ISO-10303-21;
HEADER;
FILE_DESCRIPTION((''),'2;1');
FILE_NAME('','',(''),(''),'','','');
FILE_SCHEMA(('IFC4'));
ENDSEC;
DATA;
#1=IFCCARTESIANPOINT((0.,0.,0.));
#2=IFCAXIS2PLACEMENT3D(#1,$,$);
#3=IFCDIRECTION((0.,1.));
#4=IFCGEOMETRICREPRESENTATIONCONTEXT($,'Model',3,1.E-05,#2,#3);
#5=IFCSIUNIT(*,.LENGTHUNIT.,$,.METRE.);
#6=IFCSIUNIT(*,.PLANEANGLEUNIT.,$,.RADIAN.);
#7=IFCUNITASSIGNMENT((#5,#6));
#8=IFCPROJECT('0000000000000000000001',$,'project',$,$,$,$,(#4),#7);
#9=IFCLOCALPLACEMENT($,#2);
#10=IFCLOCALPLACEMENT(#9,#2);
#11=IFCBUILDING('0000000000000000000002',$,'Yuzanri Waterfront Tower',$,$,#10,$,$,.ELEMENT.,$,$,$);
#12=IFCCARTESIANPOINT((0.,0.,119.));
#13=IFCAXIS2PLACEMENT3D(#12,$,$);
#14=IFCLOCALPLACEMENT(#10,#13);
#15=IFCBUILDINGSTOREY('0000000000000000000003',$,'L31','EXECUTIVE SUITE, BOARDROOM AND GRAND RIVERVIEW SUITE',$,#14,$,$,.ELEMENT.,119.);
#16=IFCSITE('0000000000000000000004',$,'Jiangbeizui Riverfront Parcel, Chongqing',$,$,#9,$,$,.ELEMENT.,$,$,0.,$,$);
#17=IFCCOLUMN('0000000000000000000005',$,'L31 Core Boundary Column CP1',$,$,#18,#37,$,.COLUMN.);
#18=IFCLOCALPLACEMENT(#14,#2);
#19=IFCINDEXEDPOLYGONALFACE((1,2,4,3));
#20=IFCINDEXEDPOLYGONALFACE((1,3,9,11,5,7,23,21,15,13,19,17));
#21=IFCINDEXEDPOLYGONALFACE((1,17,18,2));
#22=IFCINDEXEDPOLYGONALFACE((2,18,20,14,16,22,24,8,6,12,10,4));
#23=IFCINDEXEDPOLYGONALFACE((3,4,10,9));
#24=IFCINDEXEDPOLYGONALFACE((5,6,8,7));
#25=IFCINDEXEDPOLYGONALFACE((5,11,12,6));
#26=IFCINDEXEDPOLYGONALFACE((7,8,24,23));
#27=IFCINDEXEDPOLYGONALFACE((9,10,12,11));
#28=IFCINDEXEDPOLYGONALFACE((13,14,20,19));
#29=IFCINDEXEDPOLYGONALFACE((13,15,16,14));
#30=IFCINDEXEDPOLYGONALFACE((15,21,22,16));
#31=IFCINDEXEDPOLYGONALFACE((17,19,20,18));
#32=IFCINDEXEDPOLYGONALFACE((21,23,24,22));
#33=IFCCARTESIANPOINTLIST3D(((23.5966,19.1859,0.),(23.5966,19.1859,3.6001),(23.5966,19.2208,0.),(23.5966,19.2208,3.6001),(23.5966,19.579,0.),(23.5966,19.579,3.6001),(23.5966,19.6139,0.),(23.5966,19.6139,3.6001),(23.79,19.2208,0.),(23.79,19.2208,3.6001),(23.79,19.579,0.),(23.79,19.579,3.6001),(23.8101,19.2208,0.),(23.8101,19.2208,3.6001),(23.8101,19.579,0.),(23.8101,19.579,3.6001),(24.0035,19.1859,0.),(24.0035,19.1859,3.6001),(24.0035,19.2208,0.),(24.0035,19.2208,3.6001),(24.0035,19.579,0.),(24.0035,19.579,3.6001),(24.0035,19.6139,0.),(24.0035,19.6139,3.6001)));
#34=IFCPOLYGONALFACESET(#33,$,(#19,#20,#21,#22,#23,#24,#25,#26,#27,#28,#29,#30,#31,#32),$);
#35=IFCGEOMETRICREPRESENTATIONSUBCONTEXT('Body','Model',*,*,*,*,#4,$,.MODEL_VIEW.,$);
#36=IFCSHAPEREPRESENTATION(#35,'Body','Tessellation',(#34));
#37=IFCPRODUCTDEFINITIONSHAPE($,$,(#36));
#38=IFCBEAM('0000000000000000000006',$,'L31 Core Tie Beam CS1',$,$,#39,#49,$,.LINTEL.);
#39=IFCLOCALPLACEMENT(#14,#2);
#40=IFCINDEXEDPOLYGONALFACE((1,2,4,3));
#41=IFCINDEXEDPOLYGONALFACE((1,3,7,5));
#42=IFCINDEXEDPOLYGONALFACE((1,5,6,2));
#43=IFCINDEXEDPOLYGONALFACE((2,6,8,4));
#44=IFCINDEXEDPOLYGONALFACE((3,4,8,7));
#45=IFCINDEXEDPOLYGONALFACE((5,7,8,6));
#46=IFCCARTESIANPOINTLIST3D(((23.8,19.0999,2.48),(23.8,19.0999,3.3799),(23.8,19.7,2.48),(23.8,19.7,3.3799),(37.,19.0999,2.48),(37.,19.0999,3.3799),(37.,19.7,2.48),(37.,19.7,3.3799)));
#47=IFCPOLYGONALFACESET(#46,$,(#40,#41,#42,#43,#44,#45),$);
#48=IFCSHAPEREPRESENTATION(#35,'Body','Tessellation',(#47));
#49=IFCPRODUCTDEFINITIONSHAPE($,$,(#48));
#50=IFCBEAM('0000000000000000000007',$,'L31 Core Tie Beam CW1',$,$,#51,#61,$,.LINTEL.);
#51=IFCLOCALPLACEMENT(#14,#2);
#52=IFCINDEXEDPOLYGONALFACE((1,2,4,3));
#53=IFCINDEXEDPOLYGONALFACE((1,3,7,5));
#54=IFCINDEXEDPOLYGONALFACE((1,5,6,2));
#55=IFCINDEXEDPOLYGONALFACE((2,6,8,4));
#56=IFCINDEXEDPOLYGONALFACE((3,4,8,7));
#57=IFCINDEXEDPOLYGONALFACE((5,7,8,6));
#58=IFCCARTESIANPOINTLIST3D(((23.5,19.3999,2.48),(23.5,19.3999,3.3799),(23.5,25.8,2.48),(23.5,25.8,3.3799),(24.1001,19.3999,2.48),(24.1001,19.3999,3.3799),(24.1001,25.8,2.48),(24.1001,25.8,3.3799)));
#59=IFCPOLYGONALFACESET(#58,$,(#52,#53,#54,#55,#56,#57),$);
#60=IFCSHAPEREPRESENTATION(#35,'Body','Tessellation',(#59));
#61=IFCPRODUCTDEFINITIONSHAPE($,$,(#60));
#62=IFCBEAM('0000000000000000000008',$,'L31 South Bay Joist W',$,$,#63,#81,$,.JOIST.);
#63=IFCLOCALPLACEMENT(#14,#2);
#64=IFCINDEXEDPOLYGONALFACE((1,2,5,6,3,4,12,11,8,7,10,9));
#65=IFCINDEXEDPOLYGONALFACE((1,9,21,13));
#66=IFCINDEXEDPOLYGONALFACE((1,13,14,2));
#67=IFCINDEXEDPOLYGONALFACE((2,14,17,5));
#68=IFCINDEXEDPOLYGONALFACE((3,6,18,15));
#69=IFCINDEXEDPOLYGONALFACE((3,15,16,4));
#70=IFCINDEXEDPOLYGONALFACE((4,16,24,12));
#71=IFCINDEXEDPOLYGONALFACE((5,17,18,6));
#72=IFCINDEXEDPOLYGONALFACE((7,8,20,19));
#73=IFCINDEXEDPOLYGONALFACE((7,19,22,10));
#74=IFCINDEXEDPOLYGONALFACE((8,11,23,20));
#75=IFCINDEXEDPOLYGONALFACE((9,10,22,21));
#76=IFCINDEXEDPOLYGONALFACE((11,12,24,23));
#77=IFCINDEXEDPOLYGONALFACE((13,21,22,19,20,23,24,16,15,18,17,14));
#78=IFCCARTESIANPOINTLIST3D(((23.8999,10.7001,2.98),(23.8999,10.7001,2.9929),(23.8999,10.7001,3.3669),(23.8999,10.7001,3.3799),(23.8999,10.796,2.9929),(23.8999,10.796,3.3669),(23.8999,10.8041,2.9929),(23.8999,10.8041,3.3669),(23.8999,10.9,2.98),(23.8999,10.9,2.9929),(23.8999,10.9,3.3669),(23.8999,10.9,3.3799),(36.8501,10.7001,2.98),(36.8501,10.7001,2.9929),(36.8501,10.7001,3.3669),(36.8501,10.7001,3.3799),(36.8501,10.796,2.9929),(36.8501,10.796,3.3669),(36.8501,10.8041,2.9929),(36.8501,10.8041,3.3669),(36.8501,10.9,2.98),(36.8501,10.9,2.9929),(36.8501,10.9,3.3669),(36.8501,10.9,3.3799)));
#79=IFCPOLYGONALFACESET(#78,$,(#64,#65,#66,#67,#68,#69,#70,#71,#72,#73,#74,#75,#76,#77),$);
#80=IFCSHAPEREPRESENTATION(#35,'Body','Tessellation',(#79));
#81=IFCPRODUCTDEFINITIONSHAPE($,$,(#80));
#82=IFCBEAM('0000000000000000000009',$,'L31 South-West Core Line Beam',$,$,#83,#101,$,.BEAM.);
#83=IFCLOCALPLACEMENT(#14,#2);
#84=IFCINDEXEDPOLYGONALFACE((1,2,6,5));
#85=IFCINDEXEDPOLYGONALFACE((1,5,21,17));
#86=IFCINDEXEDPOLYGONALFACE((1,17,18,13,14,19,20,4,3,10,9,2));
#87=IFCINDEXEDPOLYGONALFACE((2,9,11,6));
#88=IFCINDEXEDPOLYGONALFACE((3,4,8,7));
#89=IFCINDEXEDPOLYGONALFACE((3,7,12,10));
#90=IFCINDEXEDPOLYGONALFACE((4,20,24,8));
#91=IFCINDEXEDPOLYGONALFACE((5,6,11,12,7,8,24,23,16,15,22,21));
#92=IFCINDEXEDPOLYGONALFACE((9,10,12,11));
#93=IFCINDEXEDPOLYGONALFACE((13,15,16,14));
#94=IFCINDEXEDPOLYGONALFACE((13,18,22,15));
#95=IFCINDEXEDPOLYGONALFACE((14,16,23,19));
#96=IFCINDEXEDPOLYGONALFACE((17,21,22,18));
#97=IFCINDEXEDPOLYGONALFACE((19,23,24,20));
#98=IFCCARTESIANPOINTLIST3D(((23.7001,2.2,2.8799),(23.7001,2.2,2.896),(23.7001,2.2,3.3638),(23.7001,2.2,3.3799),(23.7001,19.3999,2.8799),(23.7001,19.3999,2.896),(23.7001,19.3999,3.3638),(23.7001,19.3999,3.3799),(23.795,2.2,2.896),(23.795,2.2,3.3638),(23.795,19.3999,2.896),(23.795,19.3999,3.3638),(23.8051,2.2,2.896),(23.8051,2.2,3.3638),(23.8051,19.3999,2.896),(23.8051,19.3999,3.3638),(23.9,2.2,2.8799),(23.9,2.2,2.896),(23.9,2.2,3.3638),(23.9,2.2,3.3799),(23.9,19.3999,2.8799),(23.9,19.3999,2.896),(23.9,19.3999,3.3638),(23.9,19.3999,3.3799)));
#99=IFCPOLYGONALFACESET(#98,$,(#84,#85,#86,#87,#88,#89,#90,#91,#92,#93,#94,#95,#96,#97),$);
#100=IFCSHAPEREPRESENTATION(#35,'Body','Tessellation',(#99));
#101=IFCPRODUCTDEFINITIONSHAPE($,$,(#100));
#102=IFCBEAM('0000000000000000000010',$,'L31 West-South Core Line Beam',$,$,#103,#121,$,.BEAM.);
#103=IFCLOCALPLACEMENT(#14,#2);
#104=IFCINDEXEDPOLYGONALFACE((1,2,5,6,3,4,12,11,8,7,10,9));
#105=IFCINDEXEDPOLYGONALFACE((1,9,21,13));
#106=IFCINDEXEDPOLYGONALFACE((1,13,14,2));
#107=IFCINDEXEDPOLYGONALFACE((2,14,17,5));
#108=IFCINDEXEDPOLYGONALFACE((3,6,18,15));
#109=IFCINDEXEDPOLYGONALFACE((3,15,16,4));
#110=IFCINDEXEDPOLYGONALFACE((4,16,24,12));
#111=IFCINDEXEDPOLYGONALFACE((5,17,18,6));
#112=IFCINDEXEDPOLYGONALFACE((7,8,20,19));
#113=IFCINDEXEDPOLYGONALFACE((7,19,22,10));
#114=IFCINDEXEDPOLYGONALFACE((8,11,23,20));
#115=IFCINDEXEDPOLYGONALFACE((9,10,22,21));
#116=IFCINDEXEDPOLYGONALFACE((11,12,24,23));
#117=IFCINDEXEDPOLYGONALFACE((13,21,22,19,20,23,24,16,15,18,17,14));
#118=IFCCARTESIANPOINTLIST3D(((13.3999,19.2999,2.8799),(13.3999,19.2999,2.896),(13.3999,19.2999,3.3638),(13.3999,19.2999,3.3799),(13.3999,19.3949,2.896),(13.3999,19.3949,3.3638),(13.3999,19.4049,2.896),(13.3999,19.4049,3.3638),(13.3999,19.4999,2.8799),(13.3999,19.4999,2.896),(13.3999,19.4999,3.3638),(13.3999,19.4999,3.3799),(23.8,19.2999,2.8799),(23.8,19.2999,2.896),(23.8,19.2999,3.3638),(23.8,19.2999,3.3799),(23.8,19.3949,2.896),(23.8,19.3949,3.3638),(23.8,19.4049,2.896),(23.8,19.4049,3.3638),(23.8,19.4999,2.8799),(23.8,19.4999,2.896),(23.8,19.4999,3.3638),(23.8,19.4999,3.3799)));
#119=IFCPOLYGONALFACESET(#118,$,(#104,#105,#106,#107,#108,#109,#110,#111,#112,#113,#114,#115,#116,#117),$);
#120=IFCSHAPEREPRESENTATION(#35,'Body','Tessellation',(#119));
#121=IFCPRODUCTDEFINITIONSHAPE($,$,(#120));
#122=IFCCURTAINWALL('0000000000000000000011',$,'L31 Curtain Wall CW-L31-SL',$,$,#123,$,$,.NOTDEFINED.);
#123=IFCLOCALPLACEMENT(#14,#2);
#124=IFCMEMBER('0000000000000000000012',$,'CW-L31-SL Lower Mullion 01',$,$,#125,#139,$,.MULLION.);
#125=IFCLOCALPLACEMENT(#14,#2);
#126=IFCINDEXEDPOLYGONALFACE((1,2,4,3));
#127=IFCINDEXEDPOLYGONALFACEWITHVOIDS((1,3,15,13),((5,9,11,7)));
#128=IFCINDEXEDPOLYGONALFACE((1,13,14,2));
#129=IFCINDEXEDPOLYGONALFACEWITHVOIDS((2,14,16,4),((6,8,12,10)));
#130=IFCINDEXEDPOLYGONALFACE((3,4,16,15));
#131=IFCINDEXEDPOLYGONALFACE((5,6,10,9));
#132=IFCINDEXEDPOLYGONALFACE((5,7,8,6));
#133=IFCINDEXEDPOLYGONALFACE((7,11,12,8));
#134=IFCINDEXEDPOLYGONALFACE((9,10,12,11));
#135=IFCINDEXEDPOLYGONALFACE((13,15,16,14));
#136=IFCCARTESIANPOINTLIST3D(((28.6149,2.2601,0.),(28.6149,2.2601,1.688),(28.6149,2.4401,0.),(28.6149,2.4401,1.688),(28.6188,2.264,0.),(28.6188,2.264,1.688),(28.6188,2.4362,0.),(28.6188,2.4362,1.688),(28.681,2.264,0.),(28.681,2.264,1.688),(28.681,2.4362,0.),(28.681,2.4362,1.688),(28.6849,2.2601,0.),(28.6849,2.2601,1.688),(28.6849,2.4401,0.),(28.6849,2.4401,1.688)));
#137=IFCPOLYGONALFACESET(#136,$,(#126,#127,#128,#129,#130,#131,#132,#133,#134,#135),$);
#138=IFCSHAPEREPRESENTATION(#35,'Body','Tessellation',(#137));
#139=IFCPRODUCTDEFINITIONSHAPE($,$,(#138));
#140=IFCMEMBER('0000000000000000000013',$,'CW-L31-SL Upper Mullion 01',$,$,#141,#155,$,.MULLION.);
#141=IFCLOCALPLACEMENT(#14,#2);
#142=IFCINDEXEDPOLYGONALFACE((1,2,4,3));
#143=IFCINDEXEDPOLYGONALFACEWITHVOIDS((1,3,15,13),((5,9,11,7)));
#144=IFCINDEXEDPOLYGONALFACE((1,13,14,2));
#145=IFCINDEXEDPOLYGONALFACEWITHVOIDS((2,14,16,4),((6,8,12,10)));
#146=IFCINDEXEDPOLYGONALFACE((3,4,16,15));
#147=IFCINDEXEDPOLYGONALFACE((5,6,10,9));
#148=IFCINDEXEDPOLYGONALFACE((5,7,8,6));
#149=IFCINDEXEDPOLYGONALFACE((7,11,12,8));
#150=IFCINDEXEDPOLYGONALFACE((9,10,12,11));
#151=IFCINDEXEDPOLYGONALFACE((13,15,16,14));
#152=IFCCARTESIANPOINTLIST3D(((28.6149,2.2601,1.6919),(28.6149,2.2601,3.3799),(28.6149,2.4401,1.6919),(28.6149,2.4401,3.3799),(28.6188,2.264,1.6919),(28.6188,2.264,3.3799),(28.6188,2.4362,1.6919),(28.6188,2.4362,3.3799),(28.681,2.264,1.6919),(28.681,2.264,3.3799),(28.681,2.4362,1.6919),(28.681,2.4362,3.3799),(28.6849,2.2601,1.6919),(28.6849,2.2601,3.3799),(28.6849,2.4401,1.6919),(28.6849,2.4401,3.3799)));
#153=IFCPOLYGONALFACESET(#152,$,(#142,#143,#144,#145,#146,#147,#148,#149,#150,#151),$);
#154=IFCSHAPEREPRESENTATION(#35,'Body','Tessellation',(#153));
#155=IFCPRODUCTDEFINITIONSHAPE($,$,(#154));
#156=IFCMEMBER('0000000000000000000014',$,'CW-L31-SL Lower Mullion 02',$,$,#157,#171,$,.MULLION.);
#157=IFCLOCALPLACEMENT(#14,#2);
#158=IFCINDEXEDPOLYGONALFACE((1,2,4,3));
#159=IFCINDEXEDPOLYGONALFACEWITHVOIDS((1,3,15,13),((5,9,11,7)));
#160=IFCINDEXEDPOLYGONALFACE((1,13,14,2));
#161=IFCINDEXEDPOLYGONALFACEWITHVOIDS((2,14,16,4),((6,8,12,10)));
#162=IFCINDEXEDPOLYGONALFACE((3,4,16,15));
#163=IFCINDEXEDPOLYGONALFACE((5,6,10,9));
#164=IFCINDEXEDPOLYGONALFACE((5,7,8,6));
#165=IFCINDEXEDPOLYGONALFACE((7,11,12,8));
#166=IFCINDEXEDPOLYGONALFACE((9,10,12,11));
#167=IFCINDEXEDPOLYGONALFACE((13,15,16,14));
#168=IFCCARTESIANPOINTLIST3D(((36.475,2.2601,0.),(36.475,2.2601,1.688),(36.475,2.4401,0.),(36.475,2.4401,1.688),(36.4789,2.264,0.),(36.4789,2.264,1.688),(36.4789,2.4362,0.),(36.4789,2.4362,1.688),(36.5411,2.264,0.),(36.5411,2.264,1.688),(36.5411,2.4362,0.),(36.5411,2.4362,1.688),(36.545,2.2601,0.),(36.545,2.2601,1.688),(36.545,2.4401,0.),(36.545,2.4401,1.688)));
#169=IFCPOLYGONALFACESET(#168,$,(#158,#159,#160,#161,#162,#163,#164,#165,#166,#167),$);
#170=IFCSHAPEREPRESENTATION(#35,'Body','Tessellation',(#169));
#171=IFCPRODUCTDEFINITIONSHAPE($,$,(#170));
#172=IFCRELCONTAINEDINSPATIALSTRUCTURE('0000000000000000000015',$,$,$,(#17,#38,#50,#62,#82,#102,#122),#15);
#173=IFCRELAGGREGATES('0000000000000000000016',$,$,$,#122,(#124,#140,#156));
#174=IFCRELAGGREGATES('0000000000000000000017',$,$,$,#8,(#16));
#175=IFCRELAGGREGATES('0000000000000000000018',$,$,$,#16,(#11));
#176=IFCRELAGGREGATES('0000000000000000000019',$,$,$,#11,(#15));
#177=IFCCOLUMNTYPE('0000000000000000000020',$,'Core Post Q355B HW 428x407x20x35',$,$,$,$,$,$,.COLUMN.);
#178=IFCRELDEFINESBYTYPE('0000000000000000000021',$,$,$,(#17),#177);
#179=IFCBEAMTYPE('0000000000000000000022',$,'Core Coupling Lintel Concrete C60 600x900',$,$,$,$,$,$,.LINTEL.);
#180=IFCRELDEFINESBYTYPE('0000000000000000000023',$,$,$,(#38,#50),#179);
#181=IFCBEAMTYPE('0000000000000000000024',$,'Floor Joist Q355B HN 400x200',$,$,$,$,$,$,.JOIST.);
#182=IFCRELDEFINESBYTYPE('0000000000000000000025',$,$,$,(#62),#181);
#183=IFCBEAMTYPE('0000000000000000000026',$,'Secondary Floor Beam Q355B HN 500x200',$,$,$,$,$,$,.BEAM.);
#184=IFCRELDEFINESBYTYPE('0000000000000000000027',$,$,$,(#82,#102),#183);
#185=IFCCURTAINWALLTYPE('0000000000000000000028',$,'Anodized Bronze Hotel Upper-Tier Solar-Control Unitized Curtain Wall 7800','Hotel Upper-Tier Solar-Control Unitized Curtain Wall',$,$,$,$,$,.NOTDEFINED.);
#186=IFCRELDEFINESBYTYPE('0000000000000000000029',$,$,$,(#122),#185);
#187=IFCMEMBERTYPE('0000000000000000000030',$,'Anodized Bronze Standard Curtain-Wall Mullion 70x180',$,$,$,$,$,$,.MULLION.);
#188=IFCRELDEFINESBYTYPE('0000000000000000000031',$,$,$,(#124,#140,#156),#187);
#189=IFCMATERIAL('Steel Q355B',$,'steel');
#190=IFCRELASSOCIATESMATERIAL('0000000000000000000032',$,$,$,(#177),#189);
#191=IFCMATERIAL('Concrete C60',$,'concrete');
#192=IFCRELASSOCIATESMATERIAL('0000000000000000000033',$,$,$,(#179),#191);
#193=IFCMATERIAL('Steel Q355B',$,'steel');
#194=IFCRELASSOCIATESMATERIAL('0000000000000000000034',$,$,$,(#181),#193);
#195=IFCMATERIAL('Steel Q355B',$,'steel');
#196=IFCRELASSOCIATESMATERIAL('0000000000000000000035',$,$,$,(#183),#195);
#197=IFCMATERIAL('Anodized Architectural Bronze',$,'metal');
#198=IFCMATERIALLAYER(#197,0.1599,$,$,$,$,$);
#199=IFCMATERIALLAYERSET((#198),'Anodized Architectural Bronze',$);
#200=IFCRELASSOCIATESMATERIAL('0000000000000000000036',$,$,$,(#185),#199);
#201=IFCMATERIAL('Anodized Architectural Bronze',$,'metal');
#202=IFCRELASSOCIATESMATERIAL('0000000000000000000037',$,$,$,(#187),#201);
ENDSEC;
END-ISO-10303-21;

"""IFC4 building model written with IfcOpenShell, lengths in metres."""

from ifc_helpers import new_model, si_unit, direction, frame, origin, origin_2d, place, context, subcontext, project, spatial, rectangle, hollow_rectangle, i_section, extrude, source, transform, mapped, material, layer, layer_set, material_profile, profile_set, type_object, element, aggregate, save


model = new_model("IFC4")

# Units and contexts
model_context = context("Model", 3, precision=1e-05, world=origin(), true_north=direction((0.0, 1.0)))
body_context = subcontext(model_context, "Body", "Model", "MODEL_VIEW")
ifc_project = project(units=[si_unit("LENGTHUNIT", "METRE"), si_unit("PLANEANGLEUNIT", "RADIAN")], contexts=[model_context])

# Site, building, storey
site_placement = place(None, origin())
site = spatial("IfcSite", under=ifc_project, at=site_placement, Name="Jiangbeizui Riverfront Parcel, Chongqing", CompositionType="ELEMENT", RefElevation=0.0)
building_placement = place(site_placement, origin())
building = spatial("IfcBuilding", under=site, at=building_placement, Name="Yuzanri Waterfront Tower", CompositionType="ELEMENT")
storey_placement = place(building_placement, frame((0.0, 0.0, 119.0)))
storey = spatial("IfcBuildingStorey", under=building, at=storey_placement, Name="L31", Description="EXECUTIVE SUITE, BOARDROOM AND GRAND RIVERVIEW SUITE", CompositionType="ELEMENT", Elevation=119.0)

# Column
ifc_material_1 = material(Name="Steel Q355B", Category="steel")
ifc_material_profile_1 = material_profile(ifc_material_1, i_section(OverallWidth=0.407, OverallDepth=0.428, WebThickness=0.02, FlangeThickness=0.0349, at=origin_2d()), Name="HW 428x407x20x35")
ifc_profile_set_1 = profile_set([ifc_material_profile_1], Name="Steel Q355B")
column_type = type_object("IfcColumnType", Name="Core Post Q355B HW 428x407x20x35", PredefinedType="COLUMN", material=ifc_profile_set_1)
shared_shape_1 = source(origin(), body_context, "Body", "SweptSolid", [
    extrude(i_section(OverallWidth=0.407, OverallDepth=0.428, WebThickness=0.02, FlangeThickness=0.0349, at=origin_2d()), origin(), (0.0, 0.0, 1.0), 3.6001),
])
column_placement = place(storey_placement, frame((23.8, 19.3999, 0.0), z_axis=(0.0, 0.0, 1.0), x_axis=(1.0, 0.0, 0.0)))
element("IfcColumn", 1, at=column_placement, inside=storey, type_object=column_type, Name="L31 Core Boundary Column CP1", PredefinedType="COLUMN", context=body_context, shape_type="MappedRepresentation", body=[
    mapped(shared_shape_1, transform((0.0, 0.0, 0.0), scale=1.0)),
])

# Beams
ifc_material_2 = material(Name="Concrete C60", Category="concrete")
ifc_material_profile_2 = material_profile(ifc_material_2, rectangle(XDim=0.6001, YDim=0.8999, at=origin_2d()), Name="RC 600x900")
ifc_profile_set_2 = profile_set([ifc_material_profile_2], Name="Concrete C60")
beam_type_1 = type_object("IfcBeamType", Name="Core Coupling Lintel Concrete C60 600x900", PredefinedType="LINTEL", material=ifc_profile_set_2)
shared_shape_2 = source(origin(), body_context, "Body", "SweptSolid", [
    extrude(rectangle(XDim=0.6001, YDim=0.8999, at=origin_2d()), origin(), (0.0, 0.0, 1.0), 13.2),
])
beam_1_placement = place(storey_placement, frame((23.8, 19.3999, 2.9299), z_axis=(1.0, 0.0, 0.0), x_axis=(0.0, 1.0, 0.0)))
element("IfcBeam", 2, at=beam_1_placement, inside=storey, type_object=beam_type_1, Name="L31 Core Tie Beam CS1", PredefinedType="LINTEL", context=body_context, shape_type="MappedRepresentation", body=[
    mapped(shared_shape_2, transform((0.0, 0.0, 0.0), scale=1.0)),
])
shared_shape_3 = source(origin(), body_context, "Body", "SweptSolid", [
    extrude(rectangle(XDim=0.6001, YDim=0.8999, at=origin_2d()), origin(), (0.0, 0.0, 1.0), 6.4001),
])
beam_2_placement = place(storey_placement, frame((23.8, 19.3999, 2.9299), z_axis=(0.0, 1.0, 0.0), x_axis=(-1.0, 0.0, 0.0)))
element("IfcBeam", 3, at=beam_2_placement, inside=storey, type_object=beam_type_1, Name="L31 Core Tie Beam CW1", PredefinedType="LINTEL", context=body_context, shape_type="MappedRepresentation", body=[
    mapped(shared_shape_3, transform((0.0, 0.0, 0.0), scale=1.0)),
])
ifc_material_3 = material(Name="Steel Q355B", Category="steel")
ifc_material_profile_3 = material_profile(ifc_material_3, i_section(OverallWidth=0.2, OverallDepth=0.3999, WebThickness=0.0081, FlangeThickness=0.0129, at=origin_2d()), Name="HN 400x200x8x13")
ifc_profile_set_3 = profile_set([ifc_material_profile_3], Name="Steel Q355B")
beam_type_2 = type_object("IfcBeamType", Name="Floor Joist Q355B HN 400x200", PredefinedType="JOIST", material=ifc_profile_set_3)
shared_shape_4 = source(origin(), body_context, "Body", "SweptSolid", [
    extrude(i_section(OverallWidth=0.2, OverallDepth=0.3999, WebThickness=0.0081, FlangeThickness=0.0129, at=origin_2d()), origin(), (0.0, 0.0, 1.0), 12.9502),
])
beam_3_placement = place(storey_placement, frame((23.8999, 10.8, 3.1799), z_axis=(1.0, 0.0, 0.0), x_axis=(0.0, 1.0, 0.0)))
element("IfcBeam", 4, at=beam_3_placement, inside=storey, type_object=beam_type_2, Name="L31 South Bay Joist W", PredefinedType="JOIST", context=body_context, shape_type="MappedRepresentation", body=[
    mapped(shared_shape_4, transform((0.0, 0.0, 0.0), scale=1.0)),
])
ifc_material_4 = material(Name="Steel Q355B", Category="steel")
ifc_material_profile_4 = material_profile(ifc_material_4, i_section(OverallWidth=0.2, OverallDepth=0.5, WebThickness=0.01, FlangeThickness=0.0161, at=origin_2d()), Name="HN 500x200x10x16")
ifc_profile_set_4 = profile_set([ifc_material_profile_4], Name="Steel Q355B")
beam_type_3 = type_object("IfcBeamType", Name="Secondary Floor Beam Q355B HN 500x200", PredefinedType="BEAM", material=ifc_profile_set_4)
shared_shape_5 = source(origin(), body_context, "Body", "SweptSolid", [
    extrude(i_section(OverallWidth=0.2, OverallDepth=0.5, WebThickness=0.01, FlangeThickness=0.0161, at=origin_2d()), origin(), (0.0, 0.0, 1.0), 17.2),
])
beam_4_placement = place(storey_placement, frame((23.8, 19.3999, 3.1299), z_axis=(0.0, -1.0, 0.0), x_axis=(1.0, 0.0, 0.0)))
element("IfcBeam", 5, at=beam_4_placement, inside=storey, type_object=beam_type_3, Name="L31 South-West Core Line Beam", PredefinedType="BEAM", context=body_context, shape_type="MappedRepresentation", body=[
    mapped(shared_shape_5, transform((0.0, 0.0, 0.0), scale=1.0)),
])
shared_shape_6 = source(origin(), body_context, "Body", "SweptSolid", [
    extrude(i_section(OverallWidth=0.2, OverallDepth=0.5, WebThickness=0.01, FlangeThickness=0.0161, at=origin_2d()), origin(), (0.0, 0.0, 1.0), 10.4001),
])
beam_5_placement = place(storey_placement, frame((23.8, 19.3999, 3.1299), z_axis=(-1.0, 0.0, 0.0), x_axis=(0.0, -1.0, 0.0)))
element("IfcBeam", 6, at=beam_5_placement, inside=storey, type_object=beam_type_3, Name="L31 West-South Core Line Beam", PredefinedType="BEAM", context=body_context, shape_type="MappedRepresentation", body=[
    mapped(shared_shape_6, transform((0.0, 0.0, 0.0), scale=1.0)),
])

# Curtain wall, members
ifc_material_5 = material(Name="Anodized Architectural Bronze", Category="metal")
ifc_layer_1 = layer(ifc_material_5, 0.1599)
ifc_layer_set_1 = layer_set([ifc_layer_1], Name="Anodized Architectural Bronze")
curtain_wall_type = type_object("IfcCurtainWallType", Name="Anodized Bronze Hotel Upper-Tier Solar-Control Unitized Curtain Wall 7800", Description="Hotel Upper-Tier Solar-Control Unitized Curtain Wall", PredefinedType="NOTDEFINED", material=ifc_layer_set_1)
curtain_wall_placement = place(storey_placement, origin())
curtain_wall = element("IfcCurtainWall", 7, at=curtain_wall_placement, inside=storey, type_object=curtain_wall_type, Name="L31 Curtain Wall CW-L31-SL", PredefinedType="NOTDEFINED")
ifc_material_6 = material(Name="Anodized Architectural Bronze", Category="metal")
ifc_material_profile_5 = material_profile(ifc_material_6, hollow_rectangle(XDim=0.0701, YDim=0.1799, WallThickness=0.0039, at=origin_2d()), Name="CWM 70x180")
ifc_profile_set_5 = profile_set([ifc_material_profile_5], Name="Anodized Architectural Bronze")
member_type = type_object("IfcMemberType", Name="Anodized Bronze Standard Curtain-Wall Mullion 70x180", PredefinedType="MULLION", material=ifc_profile_set_5)
shared_shape_7 = source(origin(), body_context, "Body", "SweptSolid", [
    extrude(hollow_rectangle(XDim=0.0701, YDim=0.1799, WallThickness=0.0039, at=origin_2d()), origin(), (0.0, 0.0, 1.0), 1.688),
])
member_1_placement = place(storey_placement, frame((28.6499, 2.3501, 0.0), z_axis=(0.0, 0.0, 1.0), x_axis=(1.0, 0.0, 0.0)))
member_1 = element("IfcMember", 8, at=member_1_placement, type_object=member_type, Name="CW-L31-SL Lower Mullion 01", PredefinedType="MULLION", context=body_context, shape_type="MappedRepresentation", body=[
    mapped(shared_shape_7, transform((0.0, 0.0, 0.0), scale=1.0)),
])
member_2_placement = place(storey_placement, frame((28.6499, 2.3501, 1.6919), z_axis=(0.0, 0.0, 1.0), x_axis=(1.0, 0.0, 0.0)))
member_2 = element("IfcMember", 9, at=member_2_placement, type_object=member_type, Name="CW-L31-SL Upper Mullion 01", PredefinedType="MULLION", context=body_context, shape_type="MappedRepresentation", body=[
    mapped(shared_shape_7, transform((0.0, 0.0, 0.0), scale=1.0)),
])
member_3_placement = place(storey_placement, frame((36.51, 2.3501, 0.0), z_axis=(0.0, 0.0, 1.0), x_axis=(1.0, 0.0, 0.0)))
member_3 = element("IfcMember", 10, at=member_3_placement, type_object=member_type, Name="CW-L31-SL Lower Mullion 02", PredefinedType="MULLION", context=body_context, shape_type="MappedRepresentation", body=[
    mapped(shared_shape_7, transform((0.0, 0.0, 0.0), scale=1.0)),
])
aggregate(curtain_wall, [member_1, member_2, member_3])

save(model, "model.ifc")
